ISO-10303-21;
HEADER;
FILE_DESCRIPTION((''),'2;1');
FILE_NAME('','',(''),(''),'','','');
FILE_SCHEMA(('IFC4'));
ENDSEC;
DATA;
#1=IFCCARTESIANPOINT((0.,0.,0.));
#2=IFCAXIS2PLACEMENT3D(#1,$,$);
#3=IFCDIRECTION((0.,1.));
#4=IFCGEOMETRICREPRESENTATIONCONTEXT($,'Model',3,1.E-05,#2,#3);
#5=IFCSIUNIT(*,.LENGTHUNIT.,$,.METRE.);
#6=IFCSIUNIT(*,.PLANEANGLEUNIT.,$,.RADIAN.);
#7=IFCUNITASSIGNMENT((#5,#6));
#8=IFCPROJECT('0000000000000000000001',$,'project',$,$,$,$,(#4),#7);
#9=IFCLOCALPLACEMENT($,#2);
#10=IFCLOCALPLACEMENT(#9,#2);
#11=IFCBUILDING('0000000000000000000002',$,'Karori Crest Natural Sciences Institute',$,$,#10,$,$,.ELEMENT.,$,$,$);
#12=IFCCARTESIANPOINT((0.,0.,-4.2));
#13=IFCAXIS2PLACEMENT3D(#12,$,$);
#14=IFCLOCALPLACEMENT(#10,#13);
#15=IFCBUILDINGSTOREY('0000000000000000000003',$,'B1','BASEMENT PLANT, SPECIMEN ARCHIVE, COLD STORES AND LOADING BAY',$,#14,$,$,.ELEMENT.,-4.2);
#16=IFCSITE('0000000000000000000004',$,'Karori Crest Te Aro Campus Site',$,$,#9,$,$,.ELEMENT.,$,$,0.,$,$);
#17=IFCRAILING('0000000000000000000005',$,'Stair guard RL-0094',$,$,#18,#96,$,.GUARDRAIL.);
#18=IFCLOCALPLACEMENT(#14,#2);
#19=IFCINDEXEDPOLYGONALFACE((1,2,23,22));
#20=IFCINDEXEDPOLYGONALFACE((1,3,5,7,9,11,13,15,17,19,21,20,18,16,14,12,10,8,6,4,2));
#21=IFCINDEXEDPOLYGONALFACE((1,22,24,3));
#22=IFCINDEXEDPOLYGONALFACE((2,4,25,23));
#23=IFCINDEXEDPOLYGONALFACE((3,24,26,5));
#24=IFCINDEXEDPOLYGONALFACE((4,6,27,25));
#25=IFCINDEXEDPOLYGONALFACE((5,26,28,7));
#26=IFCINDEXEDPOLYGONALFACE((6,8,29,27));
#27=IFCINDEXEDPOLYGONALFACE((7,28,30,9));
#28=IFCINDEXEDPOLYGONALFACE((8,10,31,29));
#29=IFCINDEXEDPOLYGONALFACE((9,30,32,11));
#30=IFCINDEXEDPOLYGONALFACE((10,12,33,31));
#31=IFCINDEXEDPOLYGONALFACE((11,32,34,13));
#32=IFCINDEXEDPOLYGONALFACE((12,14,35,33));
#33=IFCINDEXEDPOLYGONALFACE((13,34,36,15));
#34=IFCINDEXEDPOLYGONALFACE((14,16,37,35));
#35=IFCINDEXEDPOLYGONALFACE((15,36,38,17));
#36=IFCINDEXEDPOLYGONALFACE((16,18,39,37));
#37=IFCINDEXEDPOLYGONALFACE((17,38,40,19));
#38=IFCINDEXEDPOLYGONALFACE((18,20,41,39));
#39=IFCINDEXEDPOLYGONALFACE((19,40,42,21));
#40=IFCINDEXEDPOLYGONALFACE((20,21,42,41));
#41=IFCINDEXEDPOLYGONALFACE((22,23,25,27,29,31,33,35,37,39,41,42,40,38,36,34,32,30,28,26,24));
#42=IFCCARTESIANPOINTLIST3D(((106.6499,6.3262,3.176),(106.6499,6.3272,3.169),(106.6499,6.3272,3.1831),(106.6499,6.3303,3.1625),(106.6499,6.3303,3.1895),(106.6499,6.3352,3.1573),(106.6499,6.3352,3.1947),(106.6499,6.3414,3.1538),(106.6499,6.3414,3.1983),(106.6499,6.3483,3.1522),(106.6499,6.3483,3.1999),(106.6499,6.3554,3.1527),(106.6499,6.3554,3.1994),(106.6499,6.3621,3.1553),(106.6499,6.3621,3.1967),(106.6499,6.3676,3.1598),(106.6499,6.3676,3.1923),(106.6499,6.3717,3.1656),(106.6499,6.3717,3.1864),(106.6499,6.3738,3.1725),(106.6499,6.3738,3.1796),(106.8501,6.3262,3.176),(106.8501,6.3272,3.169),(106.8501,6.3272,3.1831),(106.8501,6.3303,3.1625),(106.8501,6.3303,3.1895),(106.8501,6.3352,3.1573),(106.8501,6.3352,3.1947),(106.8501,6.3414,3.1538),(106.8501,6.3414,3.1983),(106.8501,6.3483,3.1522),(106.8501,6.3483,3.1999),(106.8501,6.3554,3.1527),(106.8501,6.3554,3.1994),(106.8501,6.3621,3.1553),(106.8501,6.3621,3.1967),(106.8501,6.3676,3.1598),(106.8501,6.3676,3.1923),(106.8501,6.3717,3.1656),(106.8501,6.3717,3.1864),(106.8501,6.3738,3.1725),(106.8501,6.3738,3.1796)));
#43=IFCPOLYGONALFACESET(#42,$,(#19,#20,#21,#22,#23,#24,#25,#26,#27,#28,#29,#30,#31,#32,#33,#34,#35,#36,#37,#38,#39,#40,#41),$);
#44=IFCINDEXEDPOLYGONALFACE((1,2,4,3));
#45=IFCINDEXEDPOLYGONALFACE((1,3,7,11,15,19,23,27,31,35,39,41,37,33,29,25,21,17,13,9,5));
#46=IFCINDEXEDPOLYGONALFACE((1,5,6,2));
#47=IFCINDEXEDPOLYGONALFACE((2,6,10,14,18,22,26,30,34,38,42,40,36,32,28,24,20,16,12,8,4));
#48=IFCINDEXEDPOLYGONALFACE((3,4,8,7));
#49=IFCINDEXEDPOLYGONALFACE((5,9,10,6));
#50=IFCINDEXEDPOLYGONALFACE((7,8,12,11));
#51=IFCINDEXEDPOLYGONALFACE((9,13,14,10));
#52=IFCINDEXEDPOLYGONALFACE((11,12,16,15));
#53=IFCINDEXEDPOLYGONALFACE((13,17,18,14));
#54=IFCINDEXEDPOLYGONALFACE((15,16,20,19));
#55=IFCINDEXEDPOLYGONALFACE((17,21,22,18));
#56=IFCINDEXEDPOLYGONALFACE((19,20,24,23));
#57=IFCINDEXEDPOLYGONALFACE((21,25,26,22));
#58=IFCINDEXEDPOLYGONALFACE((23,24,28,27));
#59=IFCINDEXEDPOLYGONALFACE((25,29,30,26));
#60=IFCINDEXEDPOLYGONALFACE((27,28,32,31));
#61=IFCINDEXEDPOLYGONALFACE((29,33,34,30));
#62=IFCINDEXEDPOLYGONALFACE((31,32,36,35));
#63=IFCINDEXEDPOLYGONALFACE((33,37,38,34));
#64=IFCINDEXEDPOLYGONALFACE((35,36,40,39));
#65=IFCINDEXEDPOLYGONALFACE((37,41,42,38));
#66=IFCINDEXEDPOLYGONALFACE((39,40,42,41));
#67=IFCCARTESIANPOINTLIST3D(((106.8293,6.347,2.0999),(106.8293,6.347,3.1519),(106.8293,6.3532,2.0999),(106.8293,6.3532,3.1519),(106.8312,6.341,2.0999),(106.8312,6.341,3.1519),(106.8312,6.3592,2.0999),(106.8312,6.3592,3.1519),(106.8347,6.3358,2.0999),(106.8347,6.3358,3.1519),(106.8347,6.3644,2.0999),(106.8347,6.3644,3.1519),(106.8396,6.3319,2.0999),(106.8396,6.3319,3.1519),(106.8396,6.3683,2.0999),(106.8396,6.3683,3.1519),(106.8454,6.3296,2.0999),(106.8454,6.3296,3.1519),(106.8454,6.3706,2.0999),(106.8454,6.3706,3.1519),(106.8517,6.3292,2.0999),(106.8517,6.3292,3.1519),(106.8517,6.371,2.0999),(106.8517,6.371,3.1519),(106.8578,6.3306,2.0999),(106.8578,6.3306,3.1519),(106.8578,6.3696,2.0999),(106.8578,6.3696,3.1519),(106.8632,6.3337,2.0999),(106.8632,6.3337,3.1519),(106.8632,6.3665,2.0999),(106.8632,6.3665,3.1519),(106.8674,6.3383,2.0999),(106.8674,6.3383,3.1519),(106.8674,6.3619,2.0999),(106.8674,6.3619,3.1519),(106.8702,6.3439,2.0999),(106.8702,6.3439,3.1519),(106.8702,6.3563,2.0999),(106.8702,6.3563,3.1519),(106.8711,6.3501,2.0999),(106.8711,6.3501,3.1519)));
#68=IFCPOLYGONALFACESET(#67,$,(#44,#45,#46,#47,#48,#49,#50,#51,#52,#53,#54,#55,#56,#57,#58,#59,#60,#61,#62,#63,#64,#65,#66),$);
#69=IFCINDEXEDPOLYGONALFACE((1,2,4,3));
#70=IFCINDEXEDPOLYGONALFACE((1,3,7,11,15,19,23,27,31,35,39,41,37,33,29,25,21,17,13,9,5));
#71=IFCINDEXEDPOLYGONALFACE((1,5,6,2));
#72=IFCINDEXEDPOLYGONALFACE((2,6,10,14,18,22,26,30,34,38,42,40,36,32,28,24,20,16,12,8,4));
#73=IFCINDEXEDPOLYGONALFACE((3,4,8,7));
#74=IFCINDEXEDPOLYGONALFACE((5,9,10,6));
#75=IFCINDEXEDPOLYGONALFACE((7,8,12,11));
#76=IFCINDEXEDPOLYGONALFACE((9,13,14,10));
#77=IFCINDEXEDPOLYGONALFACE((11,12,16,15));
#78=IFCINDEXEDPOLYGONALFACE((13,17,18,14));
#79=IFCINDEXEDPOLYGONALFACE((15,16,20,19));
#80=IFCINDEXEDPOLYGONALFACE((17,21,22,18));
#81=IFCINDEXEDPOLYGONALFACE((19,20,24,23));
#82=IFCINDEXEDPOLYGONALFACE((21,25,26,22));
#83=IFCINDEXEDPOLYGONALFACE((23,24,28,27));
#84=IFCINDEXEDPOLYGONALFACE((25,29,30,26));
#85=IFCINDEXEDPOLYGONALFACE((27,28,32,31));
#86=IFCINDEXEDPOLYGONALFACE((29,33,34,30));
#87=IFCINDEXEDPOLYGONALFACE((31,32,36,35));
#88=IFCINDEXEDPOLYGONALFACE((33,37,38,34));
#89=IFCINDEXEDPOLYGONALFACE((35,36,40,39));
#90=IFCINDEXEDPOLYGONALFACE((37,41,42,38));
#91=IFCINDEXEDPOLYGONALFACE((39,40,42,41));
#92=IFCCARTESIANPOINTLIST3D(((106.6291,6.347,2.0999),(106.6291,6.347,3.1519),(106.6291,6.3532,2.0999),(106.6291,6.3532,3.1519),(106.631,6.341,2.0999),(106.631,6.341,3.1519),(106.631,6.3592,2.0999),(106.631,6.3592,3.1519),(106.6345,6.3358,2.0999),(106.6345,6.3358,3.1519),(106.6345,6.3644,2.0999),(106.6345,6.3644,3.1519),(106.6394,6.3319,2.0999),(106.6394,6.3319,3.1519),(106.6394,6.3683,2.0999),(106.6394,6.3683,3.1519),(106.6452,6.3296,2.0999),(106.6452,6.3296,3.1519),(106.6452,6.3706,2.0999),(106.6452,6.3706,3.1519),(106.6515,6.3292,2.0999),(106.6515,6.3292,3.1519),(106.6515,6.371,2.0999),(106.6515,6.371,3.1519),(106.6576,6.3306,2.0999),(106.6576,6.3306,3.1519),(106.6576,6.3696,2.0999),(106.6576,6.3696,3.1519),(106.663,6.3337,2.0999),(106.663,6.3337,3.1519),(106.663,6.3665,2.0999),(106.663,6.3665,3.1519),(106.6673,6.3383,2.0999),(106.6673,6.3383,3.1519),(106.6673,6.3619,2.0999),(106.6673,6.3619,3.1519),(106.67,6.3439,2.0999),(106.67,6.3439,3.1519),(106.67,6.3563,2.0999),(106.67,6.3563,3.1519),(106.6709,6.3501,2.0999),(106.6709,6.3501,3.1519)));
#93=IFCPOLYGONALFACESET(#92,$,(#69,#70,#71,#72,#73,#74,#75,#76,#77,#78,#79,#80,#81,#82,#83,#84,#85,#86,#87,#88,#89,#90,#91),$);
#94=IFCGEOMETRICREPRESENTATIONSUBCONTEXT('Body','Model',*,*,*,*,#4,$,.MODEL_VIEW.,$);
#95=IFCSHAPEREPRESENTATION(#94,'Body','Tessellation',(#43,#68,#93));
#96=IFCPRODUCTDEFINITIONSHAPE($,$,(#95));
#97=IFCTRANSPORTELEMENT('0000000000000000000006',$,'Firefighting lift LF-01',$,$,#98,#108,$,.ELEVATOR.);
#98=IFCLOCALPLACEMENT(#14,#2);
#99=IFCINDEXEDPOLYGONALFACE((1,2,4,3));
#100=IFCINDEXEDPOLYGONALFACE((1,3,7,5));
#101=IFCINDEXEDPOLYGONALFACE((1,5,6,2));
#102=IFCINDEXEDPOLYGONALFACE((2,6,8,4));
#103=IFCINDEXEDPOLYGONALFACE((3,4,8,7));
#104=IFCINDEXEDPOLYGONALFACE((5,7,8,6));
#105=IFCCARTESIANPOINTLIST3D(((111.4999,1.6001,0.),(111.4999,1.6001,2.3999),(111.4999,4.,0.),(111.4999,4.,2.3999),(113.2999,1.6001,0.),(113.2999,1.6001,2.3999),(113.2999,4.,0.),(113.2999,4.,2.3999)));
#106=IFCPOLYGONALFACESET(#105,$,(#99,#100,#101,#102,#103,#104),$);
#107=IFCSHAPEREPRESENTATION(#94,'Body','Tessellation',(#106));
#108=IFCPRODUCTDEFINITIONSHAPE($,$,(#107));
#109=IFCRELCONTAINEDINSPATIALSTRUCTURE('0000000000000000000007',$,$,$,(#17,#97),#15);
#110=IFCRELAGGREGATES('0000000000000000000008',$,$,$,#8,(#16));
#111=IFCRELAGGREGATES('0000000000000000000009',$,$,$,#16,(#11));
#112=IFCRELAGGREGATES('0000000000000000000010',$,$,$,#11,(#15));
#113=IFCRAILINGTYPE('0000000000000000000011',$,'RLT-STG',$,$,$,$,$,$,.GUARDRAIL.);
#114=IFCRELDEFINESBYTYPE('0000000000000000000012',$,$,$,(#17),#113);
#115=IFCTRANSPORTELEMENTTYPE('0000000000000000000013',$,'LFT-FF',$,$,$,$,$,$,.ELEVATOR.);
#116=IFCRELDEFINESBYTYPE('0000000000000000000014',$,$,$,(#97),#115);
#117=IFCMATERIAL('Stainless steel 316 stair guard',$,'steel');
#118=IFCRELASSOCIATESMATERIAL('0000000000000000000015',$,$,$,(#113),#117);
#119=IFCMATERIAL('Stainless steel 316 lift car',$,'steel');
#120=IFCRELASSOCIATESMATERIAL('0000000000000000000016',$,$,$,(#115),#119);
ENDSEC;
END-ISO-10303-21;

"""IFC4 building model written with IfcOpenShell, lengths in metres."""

from ifc_helpers import new_model, si_unit, direction, frame, origin, origin_2d, place, context, subcontext, project, spatial, rectangle, circle, extrude, material, type_object, element, save


model = new_model("IFC4")

# Units and contexts
model_context = context("Model", 3, precision=1e-05, world=origin(), true_north=direction((0.0, 1.0)))
body_context = subcontext(model_context, "Body", "Model", "MODEL_VIEW")
ifc_project = project(units=[si_unit("LENGTHUNIT", "METRE"), si_unit("PLANEANGLEUNIT", "RADIAN")], contexts=[model_context])

# Site, building, storey
site_placement = place(None, origin())
site = spatial("IfcSite", under=ifc_project, at=site_placement, Name="Karori Crest Te Aro Campus Site", CompositionType="ELEMENT", RefElevation=0.0)
building_placement = place(site_placement, origin())
building = spatial("IfcBuilding", under=site, at=building_placement, Name="Karori Crest Natural Sciences Institute", CompositionType="ELEMENT")
storey_placement = place(building_placement, frame((0.0, 0.0, -4.2)))
storey = spatial("IfcBuildingStorey", under=building, at=storey_placement, Name="B1", Description="BASEMENT PLANT, SPECIMEN ARCHIVE, COLD STORES AND LOADING BAY", CompositionType="ELEMENT", Elevation=-4.2)

# Railing
ifc_material_1 = material(Name="Stainless steel 316 stair guard", Category="steel")
railing_type_1 = type_object("IfcRailingType", Name="RLT-STG", PredefinedType="GUARDRAIL", material=ifc_material_1)
railing_1_placement = place(storey_placement, frame((106.8501, 6.3501, 2.0999)))
element("IfcRailing", 1, at=railing_1_placement, inside=storey, type_object=railing_type_1, Name="Stair guard RL-0094", PredefinedType="GUARDRAIL", context=body_context, shape_type="SweptSolid", body=[
    extrude(circle(Radius=0.0239, at=origin_2d()), frame((0.0, 0.0, 1.0762), z_axis=(-1.0, 0.0, 0.0), x_axis=(0.0, -1.0, 0.0)), (0.0, 0.0, 1.0), 0.2002),
    extrude(circle(Radius=0.021, at=origin_2d()), origin(), (0.0, 0.0, 1.0), 1.052),
    extrude(circle(Radius=0.021, at=origin_2d()), frame((-0.2002, 0.0, 0.0)), (0.0, 0.0, 1.0), 1.052),
])

# Transport element
ifc_material_2 = material(Name="Stainless steel 316 lift car", Category="steel")
transport_element_type = type_object("IfcTransportElementType", Name="LFT-FF", PredefinedType="ELEVATOR", material=ifc_material_2)
transport_element_placement = place(storey_placement, frame((112.3999, 2.8, 0.0), z_axis=(0.0, 0.0, 1.0), x_axis=(1.0, 0.0, 0.0)))
element("IfcTransportElement", 2, at=transport_element_placement, inside=storey, type_object=transport_element_type, Name="Firefighting lift LF-01", PredefinedType="ELEVATOR", context=body_context, shape_type="SweptSolid", body=[
    extrude(rectangle(XDim=1.8, YDim=2.3999, at=origin_2d()), origin(), (0.0, 0.0, 1.0), 2.3999),
])

save(model, "model.ifc")
